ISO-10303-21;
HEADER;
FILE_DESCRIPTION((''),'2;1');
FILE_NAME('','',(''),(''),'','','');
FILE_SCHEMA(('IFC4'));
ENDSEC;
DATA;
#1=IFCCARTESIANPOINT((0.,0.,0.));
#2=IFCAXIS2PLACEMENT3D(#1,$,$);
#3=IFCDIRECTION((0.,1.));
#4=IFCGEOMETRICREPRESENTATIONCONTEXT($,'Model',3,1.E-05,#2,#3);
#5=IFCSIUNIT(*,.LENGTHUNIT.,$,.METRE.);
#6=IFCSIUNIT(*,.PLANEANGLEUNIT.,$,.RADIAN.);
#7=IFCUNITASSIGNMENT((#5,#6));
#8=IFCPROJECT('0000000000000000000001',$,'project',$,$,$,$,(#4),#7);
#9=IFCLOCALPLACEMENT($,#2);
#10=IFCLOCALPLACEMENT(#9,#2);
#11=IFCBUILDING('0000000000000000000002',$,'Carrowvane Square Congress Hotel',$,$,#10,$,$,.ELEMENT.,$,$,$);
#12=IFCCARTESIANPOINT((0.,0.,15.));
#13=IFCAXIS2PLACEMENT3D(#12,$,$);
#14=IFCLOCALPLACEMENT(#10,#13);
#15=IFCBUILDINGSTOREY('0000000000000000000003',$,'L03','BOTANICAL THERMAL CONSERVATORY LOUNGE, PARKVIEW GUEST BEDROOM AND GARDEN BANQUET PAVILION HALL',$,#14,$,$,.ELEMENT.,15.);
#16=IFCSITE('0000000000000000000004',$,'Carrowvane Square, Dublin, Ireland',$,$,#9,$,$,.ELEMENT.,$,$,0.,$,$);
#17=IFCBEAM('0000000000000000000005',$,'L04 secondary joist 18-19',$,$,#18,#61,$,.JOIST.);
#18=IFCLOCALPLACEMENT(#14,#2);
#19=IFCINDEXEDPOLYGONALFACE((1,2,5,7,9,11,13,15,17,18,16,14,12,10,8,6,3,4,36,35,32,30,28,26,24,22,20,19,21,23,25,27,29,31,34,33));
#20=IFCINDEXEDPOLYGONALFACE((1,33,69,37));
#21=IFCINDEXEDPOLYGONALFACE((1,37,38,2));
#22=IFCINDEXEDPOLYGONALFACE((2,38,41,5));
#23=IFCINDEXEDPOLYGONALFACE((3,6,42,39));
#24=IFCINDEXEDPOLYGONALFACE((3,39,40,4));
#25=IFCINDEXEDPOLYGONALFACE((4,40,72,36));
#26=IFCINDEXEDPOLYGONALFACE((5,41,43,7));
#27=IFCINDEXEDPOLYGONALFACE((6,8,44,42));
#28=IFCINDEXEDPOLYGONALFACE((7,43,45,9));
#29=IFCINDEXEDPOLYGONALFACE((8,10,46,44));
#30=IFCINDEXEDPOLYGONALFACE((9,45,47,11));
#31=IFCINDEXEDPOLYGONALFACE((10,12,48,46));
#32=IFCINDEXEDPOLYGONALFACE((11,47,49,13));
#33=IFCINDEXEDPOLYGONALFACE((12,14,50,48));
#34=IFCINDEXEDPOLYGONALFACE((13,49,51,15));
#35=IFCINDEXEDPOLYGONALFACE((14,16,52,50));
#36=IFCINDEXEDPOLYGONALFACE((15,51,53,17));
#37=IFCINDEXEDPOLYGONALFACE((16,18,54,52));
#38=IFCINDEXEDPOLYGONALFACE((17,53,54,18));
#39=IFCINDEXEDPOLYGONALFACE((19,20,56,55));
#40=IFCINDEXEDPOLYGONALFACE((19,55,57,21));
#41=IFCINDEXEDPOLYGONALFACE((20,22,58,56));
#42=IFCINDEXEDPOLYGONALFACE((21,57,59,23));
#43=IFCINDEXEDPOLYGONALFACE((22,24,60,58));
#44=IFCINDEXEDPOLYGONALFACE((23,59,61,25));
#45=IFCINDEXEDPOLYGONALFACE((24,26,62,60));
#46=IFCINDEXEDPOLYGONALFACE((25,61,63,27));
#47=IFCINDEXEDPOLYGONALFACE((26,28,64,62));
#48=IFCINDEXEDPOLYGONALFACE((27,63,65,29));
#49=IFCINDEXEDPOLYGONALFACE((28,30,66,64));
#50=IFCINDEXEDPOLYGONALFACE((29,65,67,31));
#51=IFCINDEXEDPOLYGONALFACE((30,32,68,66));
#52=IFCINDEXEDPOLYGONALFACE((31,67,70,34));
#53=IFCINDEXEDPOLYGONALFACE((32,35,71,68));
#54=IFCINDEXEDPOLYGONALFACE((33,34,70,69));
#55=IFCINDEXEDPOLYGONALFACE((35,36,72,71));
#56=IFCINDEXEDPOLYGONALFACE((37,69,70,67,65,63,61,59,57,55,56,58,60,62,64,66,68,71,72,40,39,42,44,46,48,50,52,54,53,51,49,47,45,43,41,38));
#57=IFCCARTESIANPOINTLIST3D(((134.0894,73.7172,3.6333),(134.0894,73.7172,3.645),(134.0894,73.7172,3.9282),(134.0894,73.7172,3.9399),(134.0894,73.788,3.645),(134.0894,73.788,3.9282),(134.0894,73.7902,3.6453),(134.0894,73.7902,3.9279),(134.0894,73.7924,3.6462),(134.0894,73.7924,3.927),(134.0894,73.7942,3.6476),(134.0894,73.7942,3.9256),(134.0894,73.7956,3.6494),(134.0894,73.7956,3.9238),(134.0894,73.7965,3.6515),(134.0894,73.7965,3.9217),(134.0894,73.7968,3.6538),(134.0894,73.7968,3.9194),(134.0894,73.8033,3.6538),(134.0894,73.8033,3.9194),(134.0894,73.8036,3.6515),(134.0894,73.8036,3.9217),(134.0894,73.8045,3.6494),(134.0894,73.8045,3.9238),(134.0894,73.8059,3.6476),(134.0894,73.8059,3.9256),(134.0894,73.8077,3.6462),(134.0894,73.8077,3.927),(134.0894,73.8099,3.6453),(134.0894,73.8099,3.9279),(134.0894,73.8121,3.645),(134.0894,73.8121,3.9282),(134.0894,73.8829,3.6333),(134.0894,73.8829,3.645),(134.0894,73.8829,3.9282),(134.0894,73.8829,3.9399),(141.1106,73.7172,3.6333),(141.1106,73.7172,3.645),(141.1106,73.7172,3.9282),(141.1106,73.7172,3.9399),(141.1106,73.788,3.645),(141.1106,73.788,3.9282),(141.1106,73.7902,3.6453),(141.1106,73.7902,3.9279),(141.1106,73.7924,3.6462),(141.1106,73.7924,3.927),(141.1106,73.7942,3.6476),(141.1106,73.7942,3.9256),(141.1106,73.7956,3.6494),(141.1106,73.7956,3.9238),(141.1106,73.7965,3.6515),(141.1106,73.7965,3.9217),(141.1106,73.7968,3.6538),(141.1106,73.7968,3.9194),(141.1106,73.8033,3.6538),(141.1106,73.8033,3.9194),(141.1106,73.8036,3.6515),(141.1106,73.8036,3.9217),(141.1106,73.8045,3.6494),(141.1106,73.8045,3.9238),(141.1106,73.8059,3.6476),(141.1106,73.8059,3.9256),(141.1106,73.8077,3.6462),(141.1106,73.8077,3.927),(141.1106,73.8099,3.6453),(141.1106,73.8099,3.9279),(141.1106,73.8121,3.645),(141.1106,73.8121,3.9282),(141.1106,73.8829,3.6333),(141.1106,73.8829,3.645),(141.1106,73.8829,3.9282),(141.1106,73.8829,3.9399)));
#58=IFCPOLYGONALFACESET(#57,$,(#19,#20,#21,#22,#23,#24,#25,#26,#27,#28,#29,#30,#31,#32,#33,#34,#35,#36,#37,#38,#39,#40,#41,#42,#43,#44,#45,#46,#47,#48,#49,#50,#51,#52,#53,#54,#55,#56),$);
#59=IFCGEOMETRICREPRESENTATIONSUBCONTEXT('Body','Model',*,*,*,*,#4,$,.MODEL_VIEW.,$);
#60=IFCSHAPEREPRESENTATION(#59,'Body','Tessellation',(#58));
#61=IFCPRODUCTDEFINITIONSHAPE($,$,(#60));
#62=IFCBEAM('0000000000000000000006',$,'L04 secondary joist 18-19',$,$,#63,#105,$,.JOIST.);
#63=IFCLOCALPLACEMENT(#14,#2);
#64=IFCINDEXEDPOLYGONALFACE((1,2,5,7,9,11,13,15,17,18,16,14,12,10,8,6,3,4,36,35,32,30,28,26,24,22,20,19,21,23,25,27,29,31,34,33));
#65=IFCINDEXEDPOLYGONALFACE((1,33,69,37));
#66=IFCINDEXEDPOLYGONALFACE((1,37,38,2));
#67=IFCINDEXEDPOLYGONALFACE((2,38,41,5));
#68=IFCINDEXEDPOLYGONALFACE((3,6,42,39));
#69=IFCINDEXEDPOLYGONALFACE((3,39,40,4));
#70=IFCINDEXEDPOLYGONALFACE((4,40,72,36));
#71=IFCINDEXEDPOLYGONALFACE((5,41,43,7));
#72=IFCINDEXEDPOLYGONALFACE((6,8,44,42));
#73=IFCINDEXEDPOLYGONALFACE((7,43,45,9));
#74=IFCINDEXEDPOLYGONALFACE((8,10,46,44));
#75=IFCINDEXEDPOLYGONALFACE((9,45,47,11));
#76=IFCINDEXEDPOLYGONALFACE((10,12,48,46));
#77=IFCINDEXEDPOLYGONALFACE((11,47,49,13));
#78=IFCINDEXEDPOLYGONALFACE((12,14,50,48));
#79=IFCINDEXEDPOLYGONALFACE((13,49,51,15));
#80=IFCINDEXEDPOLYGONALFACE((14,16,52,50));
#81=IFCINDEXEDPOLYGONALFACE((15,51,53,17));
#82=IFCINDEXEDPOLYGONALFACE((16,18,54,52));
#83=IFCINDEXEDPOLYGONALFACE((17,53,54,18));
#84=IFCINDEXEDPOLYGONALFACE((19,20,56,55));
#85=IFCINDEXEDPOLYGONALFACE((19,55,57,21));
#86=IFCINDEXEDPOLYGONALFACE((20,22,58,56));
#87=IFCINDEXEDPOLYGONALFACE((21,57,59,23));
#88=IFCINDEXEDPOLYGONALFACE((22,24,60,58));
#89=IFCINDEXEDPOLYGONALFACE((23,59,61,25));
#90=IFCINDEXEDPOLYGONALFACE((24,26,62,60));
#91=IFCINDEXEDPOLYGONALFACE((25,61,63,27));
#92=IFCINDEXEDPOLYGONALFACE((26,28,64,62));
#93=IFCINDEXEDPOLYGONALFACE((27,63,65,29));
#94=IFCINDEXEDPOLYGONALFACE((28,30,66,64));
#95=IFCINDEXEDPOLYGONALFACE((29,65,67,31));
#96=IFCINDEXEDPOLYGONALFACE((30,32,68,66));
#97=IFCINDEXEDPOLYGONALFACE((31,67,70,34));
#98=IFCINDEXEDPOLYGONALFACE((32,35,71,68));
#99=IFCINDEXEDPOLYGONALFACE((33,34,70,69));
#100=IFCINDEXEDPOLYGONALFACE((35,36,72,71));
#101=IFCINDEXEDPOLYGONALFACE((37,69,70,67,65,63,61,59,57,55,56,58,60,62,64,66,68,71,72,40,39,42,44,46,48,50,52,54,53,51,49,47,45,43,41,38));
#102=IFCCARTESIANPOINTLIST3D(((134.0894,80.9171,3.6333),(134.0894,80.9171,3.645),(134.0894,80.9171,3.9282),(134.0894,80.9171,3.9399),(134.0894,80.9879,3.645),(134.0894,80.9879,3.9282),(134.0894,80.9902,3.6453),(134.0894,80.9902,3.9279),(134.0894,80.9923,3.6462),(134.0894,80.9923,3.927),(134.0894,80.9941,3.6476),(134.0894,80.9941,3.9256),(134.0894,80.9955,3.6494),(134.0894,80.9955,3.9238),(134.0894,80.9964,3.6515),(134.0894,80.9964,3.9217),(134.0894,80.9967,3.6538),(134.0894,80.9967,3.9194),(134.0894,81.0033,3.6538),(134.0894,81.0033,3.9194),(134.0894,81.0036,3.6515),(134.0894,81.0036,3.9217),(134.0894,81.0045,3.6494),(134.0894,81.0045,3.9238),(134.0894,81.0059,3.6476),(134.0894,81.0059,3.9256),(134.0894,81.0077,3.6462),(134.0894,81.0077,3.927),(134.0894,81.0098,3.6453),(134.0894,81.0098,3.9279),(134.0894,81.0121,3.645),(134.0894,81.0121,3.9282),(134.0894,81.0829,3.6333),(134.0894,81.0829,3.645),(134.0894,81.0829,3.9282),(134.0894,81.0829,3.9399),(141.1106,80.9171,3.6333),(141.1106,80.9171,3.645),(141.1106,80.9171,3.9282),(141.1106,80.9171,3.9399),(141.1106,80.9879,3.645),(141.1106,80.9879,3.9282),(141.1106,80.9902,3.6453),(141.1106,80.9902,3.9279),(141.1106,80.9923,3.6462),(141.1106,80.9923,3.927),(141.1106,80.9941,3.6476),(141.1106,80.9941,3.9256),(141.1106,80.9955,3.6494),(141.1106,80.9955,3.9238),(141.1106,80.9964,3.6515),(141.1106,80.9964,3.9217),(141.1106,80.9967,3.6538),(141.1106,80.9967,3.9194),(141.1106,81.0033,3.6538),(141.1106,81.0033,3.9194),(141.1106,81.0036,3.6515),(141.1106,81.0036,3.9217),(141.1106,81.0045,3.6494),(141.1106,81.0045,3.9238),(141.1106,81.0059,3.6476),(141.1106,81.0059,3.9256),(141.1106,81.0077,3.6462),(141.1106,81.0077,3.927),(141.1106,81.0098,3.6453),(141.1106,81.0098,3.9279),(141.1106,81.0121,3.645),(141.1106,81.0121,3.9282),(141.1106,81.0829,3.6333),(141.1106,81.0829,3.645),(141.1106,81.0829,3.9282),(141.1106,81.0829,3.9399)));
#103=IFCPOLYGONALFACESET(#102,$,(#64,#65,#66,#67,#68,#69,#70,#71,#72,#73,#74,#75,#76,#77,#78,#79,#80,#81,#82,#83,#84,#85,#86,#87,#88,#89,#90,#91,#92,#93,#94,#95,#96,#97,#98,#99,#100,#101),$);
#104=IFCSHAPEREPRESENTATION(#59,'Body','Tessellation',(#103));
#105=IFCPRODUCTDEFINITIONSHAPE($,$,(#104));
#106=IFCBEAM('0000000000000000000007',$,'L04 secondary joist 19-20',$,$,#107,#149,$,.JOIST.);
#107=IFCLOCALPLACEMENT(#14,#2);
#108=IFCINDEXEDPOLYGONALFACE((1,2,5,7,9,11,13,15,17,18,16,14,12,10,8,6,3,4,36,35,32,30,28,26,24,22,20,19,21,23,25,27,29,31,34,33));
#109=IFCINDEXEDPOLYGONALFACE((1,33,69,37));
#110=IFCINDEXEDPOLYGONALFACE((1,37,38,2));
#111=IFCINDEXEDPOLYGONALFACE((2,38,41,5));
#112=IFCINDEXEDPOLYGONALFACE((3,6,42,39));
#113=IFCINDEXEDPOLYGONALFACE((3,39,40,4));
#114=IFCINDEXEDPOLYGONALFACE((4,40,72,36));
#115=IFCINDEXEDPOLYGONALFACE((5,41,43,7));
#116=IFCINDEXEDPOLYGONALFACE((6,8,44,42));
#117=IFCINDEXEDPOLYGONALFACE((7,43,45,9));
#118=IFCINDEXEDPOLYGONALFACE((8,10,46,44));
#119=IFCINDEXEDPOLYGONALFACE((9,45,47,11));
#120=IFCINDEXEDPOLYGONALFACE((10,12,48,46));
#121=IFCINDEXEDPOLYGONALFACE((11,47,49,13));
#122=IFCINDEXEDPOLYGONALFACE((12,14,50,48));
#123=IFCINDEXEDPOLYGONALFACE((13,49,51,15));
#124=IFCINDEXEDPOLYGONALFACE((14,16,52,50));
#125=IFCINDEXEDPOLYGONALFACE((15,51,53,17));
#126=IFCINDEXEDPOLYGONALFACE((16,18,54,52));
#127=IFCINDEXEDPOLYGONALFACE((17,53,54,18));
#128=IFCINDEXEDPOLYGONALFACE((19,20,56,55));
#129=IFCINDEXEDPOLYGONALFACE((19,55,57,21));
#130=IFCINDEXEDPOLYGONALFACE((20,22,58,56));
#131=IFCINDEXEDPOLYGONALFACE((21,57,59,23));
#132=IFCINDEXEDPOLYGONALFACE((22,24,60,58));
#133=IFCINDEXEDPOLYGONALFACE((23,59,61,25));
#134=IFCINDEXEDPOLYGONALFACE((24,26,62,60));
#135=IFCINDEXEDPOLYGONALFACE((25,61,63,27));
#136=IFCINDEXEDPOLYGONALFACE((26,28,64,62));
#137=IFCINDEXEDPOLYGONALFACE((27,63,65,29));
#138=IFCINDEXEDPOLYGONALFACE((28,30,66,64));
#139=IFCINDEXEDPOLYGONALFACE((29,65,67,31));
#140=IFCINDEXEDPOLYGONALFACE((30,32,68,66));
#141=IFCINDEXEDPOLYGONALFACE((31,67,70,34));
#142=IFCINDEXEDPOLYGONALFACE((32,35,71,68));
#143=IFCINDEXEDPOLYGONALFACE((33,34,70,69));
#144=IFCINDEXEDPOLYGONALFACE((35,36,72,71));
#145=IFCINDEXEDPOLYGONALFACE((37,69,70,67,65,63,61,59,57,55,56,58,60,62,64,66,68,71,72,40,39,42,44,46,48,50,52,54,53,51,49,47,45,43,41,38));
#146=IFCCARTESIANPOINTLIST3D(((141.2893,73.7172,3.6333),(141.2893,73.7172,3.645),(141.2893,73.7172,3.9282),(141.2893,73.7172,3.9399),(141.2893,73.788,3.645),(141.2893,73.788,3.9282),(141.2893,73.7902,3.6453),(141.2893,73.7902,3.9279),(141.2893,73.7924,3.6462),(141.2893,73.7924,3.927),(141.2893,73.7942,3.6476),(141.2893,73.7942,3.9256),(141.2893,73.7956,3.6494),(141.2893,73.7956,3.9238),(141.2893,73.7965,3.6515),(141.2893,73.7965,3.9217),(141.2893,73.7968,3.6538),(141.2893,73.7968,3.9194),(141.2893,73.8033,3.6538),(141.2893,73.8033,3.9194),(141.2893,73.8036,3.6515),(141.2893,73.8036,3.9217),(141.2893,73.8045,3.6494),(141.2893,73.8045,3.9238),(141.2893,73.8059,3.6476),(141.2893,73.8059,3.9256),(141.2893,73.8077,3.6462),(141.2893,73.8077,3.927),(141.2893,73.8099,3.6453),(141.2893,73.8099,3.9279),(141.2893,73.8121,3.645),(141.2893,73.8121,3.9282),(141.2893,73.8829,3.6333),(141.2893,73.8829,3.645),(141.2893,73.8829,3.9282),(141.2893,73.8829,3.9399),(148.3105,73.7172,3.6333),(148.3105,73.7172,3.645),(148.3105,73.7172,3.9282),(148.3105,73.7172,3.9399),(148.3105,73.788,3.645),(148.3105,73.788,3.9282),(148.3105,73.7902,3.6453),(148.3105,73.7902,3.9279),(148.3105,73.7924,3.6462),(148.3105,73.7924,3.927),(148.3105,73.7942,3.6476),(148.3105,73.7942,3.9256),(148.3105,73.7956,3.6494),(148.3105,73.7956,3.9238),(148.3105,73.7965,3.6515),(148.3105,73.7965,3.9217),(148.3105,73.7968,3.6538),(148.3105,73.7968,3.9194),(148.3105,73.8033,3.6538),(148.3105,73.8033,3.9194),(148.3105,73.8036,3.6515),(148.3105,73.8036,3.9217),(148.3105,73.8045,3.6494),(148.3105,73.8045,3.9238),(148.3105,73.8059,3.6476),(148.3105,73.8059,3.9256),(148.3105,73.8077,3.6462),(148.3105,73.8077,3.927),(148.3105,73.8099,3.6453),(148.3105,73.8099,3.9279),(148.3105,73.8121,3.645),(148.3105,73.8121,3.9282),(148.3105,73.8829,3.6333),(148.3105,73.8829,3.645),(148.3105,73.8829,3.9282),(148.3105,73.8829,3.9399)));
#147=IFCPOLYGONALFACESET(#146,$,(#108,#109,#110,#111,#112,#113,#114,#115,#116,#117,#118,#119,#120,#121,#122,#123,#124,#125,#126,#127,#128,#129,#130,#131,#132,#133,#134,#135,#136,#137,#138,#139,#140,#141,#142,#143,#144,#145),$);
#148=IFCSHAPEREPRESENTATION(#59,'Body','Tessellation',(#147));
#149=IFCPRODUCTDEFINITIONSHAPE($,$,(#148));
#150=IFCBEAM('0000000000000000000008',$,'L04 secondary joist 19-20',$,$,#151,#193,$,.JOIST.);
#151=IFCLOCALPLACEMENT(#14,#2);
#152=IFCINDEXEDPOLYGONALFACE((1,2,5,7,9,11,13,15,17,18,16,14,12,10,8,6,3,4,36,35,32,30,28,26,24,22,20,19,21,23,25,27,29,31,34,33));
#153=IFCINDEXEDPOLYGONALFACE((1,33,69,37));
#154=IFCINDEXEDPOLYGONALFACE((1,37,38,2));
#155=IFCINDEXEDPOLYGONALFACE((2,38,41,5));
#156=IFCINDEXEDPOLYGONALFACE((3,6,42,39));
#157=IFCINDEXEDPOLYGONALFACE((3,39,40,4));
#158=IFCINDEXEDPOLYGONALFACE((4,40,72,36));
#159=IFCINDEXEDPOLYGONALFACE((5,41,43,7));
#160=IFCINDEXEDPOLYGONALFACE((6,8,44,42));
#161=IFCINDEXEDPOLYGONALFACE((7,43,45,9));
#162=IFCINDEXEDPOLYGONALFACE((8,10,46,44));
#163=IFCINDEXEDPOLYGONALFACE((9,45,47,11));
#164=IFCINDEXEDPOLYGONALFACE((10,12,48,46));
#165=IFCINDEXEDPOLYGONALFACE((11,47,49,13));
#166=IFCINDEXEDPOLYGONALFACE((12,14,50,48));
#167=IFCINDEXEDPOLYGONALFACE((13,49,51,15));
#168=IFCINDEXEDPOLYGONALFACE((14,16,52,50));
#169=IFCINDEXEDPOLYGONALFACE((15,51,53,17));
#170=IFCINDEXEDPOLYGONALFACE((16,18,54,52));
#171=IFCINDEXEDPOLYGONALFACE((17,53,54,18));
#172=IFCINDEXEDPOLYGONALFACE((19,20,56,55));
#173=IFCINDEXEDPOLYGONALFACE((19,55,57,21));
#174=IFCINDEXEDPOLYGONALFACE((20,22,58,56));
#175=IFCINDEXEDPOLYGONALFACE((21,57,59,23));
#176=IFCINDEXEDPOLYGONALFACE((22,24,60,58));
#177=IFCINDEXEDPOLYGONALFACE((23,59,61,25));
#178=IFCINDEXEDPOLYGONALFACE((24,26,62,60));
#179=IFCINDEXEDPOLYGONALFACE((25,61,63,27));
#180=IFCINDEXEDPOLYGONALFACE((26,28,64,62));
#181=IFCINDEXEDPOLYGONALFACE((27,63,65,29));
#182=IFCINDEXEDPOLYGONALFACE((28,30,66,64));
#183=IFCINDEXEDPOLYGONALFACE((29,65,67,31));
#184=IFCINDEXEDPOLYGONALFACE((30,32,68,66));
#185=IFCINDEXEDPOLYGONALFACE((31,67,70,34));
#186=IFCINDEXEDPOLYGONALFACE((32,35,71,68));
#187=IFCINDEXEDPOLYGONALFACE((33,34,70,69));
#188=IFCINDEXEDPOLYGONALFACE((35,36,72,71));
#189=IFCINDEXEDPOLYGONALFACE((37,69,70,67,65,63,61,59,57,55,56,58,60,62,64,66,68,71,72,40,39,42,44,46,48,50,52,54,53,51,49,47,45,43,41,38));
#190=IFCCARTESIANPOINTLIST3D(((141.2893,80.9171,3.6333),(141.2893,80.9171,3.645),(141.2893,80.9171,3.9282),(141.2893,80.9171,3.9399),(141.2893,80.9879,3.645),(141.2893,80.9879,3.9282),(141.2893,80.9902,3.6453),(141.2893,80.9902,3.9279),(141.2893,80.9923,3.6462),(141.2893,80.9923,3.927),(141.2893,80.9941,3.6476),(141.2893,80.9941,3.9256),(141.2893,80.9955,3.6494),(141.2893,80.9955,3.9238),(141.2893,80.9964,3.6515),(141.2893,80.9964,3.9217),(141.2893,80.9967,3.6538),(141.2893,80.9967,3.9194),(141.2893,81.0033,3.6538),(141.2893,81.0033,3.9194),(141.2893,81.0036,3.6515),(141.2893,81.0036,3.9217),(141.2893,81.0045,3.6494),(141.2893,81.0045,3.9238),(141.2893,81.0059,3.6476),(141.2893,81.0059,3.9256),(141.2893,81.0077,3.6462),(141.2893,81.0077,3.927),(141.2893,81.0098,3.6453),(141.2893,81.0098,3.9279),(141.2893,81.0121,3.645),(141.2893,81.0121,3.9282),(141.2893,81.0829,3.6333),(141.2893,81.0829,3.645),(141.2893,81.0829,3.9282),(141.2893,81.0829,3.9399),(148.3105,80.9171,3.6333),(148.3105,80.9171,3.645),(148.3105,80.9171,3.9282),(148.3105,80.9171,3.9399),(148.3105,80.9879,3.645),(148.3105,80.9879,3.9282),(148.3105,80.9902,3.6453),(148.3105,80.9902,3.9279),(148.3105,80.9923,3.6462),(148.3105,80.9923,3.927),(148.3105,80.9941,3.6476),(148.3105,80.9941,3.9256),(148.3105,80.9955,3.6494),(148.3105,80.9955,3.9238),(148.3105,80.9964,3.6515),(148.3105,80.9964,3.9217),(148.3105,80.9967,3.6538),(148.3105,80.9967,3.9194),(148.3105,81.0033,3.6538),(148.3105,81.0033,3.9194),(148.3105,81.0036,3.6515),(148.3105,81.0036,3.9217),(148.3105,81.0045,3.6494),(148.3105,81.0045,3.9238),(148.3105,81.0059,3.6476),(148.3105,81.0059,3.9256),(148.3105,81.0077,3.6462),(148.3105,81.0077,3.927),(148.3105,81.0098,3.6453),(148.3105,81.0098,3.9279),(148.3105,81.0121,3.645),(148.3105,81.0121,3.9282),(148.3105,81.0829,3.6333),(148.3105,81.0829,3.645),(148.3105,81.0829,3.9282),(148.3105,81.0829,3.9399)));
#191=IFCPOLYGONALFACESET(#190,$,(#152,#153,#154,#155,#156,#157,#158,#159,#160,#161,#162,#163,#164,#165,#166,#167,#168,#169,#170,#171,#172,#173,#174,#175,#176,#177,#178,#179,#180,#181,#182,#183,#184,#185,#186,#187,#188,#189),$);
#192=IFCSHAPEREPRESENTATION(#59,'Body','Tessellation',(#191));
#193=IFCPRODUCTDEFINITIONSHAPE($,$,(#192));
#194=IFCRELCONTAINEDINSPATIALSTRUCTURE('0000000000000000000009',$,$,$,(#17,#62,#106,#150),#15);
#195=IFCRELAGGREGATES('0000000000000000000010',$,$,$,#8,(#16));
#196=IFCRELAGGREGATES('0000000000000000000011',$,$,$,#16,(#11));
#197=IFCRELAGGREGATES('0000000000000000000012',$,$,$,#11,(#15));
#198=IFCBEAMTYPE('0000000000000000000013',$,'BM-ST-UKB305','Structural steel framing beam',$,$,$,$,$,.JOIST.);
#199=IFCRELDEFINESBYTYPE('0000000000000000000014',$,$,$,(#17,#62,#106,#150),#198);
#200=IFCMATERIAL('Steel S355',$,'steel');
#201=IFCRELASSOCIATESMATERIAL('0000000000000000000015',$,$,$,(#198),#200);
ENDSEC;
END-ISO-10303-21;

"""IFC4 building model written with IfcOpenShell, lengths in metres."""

from ifc_helpers import new_model, si_unit, direction, frame, origin, origin_2d, place, context, subcontext, project, spatial, i_section, extrude, material, material_profile, profile_set, type_object, element, save


model = new_model("IFC4")

# Units and contexts
model_context = context("Model", 3, precision=1e-05, world=origin(), true_north=direction((0.0, 1.0)))
body_context = subcontext(model_context, "Body", "Model", "MODEL_VIEW")
ifc_project = project(units=[si_unit("LENGTHUNIT", "METRE"), si_unit("PLANEANGLEUNIT", "RADIAN")], contexts=[model_context])

# Site, building, storey
site_placement = place(None, origin())
site = spatial("IfcSite", under=ifc_project, at=site_placement, Name="Carrowvane Square, Dublin, Ireland", CompositionType="ELEMENT", RefElevation=0.0)
building_placement = place(site_placement, origin())
building = spatial("IfcBuilding", under=site, at=building_placement, Name="Carrowvane Square Congress Hotel", CompositionType="ELEMENT")
storey_placement = place(building_placement, frame((0.0, 0.0, 15.0)))
storey = spatial("IfcBuildingStorey", under=building, at=storey_placement, Name="L03", Description="BOTANICAL THERMAL CONSERVATORY LOUNGE, PARKVIEW GUEST BEDROOM AND GARDEN BANQUET PAVILION HALL", CompositionType="ELEMENT", Elevation=15.0)

# Beams
ifc_material_1 = material(Name="Steel S355", Category="steel")
ifc_material_profile_1 = material_profile(ifc_material_1, i_section(OverallWidth=0.1658, OverallDepth=0.3066, WebThickness=0.0066, FlangeThickness=0.0117, FilletRadius=0.0088, at=origin_2d()), Name="UKB 305x165x46")
ifc_profile_set_1 = profile_set([ifc_material_profile_1], Name="Steel S355")
beam_type_1 = type_object("IfcBeamType", Name="BM-ST-UKB305", Description="Structural steel framing beam", PredefinedType="JOIST", material=ifc_profile_set_1)
for number, where, z_axis, x_axis, name in (
    (1, (134.0894, 73.8, 3.7866), (1.0, 0.0, 0.0), (0.0, 1.0, 0.0), "L04 secondary joist 18-19"),
    (2, (134.0894, 81.0, 3.7866), (1.0, 0.0, 0.0), (0.0, 1.0, 0.0), "L04 secondary joist 18-19"),
    (3, (141.2893, 73.8, 3.7866), (1.0, 0.0, 0.0), (0.0, 1.0, 0.0), "L04 secondary joist 19-20"),
    (4, (141.2893, 81.0, 3.7866), (1.0, 0.0, 0.0), (0.0, 1.0, 0.0), "L04 secondary joist 19-20"),
):
    element("IfcBeam", number, at=place(storey_placement, frame(where, z_axis=z_axis, x_axis=x_axis)), inside=storey, type_object=beam_type_1, Name=name, PredefinedType="JOIST", context=body_context, shape_type="SweptSolid", body=[
        extrude(i_section(OverallWidth=0.1658, OverallDepth=0.3066, WebThickness=0.0066, FlangeThickness=0.0117, FilletRadius=0.0088, at=origin_2d()), origin(), (0.0, 0.0, 1.0), 7.0212),
    ])

save(model, "model.ifc")
